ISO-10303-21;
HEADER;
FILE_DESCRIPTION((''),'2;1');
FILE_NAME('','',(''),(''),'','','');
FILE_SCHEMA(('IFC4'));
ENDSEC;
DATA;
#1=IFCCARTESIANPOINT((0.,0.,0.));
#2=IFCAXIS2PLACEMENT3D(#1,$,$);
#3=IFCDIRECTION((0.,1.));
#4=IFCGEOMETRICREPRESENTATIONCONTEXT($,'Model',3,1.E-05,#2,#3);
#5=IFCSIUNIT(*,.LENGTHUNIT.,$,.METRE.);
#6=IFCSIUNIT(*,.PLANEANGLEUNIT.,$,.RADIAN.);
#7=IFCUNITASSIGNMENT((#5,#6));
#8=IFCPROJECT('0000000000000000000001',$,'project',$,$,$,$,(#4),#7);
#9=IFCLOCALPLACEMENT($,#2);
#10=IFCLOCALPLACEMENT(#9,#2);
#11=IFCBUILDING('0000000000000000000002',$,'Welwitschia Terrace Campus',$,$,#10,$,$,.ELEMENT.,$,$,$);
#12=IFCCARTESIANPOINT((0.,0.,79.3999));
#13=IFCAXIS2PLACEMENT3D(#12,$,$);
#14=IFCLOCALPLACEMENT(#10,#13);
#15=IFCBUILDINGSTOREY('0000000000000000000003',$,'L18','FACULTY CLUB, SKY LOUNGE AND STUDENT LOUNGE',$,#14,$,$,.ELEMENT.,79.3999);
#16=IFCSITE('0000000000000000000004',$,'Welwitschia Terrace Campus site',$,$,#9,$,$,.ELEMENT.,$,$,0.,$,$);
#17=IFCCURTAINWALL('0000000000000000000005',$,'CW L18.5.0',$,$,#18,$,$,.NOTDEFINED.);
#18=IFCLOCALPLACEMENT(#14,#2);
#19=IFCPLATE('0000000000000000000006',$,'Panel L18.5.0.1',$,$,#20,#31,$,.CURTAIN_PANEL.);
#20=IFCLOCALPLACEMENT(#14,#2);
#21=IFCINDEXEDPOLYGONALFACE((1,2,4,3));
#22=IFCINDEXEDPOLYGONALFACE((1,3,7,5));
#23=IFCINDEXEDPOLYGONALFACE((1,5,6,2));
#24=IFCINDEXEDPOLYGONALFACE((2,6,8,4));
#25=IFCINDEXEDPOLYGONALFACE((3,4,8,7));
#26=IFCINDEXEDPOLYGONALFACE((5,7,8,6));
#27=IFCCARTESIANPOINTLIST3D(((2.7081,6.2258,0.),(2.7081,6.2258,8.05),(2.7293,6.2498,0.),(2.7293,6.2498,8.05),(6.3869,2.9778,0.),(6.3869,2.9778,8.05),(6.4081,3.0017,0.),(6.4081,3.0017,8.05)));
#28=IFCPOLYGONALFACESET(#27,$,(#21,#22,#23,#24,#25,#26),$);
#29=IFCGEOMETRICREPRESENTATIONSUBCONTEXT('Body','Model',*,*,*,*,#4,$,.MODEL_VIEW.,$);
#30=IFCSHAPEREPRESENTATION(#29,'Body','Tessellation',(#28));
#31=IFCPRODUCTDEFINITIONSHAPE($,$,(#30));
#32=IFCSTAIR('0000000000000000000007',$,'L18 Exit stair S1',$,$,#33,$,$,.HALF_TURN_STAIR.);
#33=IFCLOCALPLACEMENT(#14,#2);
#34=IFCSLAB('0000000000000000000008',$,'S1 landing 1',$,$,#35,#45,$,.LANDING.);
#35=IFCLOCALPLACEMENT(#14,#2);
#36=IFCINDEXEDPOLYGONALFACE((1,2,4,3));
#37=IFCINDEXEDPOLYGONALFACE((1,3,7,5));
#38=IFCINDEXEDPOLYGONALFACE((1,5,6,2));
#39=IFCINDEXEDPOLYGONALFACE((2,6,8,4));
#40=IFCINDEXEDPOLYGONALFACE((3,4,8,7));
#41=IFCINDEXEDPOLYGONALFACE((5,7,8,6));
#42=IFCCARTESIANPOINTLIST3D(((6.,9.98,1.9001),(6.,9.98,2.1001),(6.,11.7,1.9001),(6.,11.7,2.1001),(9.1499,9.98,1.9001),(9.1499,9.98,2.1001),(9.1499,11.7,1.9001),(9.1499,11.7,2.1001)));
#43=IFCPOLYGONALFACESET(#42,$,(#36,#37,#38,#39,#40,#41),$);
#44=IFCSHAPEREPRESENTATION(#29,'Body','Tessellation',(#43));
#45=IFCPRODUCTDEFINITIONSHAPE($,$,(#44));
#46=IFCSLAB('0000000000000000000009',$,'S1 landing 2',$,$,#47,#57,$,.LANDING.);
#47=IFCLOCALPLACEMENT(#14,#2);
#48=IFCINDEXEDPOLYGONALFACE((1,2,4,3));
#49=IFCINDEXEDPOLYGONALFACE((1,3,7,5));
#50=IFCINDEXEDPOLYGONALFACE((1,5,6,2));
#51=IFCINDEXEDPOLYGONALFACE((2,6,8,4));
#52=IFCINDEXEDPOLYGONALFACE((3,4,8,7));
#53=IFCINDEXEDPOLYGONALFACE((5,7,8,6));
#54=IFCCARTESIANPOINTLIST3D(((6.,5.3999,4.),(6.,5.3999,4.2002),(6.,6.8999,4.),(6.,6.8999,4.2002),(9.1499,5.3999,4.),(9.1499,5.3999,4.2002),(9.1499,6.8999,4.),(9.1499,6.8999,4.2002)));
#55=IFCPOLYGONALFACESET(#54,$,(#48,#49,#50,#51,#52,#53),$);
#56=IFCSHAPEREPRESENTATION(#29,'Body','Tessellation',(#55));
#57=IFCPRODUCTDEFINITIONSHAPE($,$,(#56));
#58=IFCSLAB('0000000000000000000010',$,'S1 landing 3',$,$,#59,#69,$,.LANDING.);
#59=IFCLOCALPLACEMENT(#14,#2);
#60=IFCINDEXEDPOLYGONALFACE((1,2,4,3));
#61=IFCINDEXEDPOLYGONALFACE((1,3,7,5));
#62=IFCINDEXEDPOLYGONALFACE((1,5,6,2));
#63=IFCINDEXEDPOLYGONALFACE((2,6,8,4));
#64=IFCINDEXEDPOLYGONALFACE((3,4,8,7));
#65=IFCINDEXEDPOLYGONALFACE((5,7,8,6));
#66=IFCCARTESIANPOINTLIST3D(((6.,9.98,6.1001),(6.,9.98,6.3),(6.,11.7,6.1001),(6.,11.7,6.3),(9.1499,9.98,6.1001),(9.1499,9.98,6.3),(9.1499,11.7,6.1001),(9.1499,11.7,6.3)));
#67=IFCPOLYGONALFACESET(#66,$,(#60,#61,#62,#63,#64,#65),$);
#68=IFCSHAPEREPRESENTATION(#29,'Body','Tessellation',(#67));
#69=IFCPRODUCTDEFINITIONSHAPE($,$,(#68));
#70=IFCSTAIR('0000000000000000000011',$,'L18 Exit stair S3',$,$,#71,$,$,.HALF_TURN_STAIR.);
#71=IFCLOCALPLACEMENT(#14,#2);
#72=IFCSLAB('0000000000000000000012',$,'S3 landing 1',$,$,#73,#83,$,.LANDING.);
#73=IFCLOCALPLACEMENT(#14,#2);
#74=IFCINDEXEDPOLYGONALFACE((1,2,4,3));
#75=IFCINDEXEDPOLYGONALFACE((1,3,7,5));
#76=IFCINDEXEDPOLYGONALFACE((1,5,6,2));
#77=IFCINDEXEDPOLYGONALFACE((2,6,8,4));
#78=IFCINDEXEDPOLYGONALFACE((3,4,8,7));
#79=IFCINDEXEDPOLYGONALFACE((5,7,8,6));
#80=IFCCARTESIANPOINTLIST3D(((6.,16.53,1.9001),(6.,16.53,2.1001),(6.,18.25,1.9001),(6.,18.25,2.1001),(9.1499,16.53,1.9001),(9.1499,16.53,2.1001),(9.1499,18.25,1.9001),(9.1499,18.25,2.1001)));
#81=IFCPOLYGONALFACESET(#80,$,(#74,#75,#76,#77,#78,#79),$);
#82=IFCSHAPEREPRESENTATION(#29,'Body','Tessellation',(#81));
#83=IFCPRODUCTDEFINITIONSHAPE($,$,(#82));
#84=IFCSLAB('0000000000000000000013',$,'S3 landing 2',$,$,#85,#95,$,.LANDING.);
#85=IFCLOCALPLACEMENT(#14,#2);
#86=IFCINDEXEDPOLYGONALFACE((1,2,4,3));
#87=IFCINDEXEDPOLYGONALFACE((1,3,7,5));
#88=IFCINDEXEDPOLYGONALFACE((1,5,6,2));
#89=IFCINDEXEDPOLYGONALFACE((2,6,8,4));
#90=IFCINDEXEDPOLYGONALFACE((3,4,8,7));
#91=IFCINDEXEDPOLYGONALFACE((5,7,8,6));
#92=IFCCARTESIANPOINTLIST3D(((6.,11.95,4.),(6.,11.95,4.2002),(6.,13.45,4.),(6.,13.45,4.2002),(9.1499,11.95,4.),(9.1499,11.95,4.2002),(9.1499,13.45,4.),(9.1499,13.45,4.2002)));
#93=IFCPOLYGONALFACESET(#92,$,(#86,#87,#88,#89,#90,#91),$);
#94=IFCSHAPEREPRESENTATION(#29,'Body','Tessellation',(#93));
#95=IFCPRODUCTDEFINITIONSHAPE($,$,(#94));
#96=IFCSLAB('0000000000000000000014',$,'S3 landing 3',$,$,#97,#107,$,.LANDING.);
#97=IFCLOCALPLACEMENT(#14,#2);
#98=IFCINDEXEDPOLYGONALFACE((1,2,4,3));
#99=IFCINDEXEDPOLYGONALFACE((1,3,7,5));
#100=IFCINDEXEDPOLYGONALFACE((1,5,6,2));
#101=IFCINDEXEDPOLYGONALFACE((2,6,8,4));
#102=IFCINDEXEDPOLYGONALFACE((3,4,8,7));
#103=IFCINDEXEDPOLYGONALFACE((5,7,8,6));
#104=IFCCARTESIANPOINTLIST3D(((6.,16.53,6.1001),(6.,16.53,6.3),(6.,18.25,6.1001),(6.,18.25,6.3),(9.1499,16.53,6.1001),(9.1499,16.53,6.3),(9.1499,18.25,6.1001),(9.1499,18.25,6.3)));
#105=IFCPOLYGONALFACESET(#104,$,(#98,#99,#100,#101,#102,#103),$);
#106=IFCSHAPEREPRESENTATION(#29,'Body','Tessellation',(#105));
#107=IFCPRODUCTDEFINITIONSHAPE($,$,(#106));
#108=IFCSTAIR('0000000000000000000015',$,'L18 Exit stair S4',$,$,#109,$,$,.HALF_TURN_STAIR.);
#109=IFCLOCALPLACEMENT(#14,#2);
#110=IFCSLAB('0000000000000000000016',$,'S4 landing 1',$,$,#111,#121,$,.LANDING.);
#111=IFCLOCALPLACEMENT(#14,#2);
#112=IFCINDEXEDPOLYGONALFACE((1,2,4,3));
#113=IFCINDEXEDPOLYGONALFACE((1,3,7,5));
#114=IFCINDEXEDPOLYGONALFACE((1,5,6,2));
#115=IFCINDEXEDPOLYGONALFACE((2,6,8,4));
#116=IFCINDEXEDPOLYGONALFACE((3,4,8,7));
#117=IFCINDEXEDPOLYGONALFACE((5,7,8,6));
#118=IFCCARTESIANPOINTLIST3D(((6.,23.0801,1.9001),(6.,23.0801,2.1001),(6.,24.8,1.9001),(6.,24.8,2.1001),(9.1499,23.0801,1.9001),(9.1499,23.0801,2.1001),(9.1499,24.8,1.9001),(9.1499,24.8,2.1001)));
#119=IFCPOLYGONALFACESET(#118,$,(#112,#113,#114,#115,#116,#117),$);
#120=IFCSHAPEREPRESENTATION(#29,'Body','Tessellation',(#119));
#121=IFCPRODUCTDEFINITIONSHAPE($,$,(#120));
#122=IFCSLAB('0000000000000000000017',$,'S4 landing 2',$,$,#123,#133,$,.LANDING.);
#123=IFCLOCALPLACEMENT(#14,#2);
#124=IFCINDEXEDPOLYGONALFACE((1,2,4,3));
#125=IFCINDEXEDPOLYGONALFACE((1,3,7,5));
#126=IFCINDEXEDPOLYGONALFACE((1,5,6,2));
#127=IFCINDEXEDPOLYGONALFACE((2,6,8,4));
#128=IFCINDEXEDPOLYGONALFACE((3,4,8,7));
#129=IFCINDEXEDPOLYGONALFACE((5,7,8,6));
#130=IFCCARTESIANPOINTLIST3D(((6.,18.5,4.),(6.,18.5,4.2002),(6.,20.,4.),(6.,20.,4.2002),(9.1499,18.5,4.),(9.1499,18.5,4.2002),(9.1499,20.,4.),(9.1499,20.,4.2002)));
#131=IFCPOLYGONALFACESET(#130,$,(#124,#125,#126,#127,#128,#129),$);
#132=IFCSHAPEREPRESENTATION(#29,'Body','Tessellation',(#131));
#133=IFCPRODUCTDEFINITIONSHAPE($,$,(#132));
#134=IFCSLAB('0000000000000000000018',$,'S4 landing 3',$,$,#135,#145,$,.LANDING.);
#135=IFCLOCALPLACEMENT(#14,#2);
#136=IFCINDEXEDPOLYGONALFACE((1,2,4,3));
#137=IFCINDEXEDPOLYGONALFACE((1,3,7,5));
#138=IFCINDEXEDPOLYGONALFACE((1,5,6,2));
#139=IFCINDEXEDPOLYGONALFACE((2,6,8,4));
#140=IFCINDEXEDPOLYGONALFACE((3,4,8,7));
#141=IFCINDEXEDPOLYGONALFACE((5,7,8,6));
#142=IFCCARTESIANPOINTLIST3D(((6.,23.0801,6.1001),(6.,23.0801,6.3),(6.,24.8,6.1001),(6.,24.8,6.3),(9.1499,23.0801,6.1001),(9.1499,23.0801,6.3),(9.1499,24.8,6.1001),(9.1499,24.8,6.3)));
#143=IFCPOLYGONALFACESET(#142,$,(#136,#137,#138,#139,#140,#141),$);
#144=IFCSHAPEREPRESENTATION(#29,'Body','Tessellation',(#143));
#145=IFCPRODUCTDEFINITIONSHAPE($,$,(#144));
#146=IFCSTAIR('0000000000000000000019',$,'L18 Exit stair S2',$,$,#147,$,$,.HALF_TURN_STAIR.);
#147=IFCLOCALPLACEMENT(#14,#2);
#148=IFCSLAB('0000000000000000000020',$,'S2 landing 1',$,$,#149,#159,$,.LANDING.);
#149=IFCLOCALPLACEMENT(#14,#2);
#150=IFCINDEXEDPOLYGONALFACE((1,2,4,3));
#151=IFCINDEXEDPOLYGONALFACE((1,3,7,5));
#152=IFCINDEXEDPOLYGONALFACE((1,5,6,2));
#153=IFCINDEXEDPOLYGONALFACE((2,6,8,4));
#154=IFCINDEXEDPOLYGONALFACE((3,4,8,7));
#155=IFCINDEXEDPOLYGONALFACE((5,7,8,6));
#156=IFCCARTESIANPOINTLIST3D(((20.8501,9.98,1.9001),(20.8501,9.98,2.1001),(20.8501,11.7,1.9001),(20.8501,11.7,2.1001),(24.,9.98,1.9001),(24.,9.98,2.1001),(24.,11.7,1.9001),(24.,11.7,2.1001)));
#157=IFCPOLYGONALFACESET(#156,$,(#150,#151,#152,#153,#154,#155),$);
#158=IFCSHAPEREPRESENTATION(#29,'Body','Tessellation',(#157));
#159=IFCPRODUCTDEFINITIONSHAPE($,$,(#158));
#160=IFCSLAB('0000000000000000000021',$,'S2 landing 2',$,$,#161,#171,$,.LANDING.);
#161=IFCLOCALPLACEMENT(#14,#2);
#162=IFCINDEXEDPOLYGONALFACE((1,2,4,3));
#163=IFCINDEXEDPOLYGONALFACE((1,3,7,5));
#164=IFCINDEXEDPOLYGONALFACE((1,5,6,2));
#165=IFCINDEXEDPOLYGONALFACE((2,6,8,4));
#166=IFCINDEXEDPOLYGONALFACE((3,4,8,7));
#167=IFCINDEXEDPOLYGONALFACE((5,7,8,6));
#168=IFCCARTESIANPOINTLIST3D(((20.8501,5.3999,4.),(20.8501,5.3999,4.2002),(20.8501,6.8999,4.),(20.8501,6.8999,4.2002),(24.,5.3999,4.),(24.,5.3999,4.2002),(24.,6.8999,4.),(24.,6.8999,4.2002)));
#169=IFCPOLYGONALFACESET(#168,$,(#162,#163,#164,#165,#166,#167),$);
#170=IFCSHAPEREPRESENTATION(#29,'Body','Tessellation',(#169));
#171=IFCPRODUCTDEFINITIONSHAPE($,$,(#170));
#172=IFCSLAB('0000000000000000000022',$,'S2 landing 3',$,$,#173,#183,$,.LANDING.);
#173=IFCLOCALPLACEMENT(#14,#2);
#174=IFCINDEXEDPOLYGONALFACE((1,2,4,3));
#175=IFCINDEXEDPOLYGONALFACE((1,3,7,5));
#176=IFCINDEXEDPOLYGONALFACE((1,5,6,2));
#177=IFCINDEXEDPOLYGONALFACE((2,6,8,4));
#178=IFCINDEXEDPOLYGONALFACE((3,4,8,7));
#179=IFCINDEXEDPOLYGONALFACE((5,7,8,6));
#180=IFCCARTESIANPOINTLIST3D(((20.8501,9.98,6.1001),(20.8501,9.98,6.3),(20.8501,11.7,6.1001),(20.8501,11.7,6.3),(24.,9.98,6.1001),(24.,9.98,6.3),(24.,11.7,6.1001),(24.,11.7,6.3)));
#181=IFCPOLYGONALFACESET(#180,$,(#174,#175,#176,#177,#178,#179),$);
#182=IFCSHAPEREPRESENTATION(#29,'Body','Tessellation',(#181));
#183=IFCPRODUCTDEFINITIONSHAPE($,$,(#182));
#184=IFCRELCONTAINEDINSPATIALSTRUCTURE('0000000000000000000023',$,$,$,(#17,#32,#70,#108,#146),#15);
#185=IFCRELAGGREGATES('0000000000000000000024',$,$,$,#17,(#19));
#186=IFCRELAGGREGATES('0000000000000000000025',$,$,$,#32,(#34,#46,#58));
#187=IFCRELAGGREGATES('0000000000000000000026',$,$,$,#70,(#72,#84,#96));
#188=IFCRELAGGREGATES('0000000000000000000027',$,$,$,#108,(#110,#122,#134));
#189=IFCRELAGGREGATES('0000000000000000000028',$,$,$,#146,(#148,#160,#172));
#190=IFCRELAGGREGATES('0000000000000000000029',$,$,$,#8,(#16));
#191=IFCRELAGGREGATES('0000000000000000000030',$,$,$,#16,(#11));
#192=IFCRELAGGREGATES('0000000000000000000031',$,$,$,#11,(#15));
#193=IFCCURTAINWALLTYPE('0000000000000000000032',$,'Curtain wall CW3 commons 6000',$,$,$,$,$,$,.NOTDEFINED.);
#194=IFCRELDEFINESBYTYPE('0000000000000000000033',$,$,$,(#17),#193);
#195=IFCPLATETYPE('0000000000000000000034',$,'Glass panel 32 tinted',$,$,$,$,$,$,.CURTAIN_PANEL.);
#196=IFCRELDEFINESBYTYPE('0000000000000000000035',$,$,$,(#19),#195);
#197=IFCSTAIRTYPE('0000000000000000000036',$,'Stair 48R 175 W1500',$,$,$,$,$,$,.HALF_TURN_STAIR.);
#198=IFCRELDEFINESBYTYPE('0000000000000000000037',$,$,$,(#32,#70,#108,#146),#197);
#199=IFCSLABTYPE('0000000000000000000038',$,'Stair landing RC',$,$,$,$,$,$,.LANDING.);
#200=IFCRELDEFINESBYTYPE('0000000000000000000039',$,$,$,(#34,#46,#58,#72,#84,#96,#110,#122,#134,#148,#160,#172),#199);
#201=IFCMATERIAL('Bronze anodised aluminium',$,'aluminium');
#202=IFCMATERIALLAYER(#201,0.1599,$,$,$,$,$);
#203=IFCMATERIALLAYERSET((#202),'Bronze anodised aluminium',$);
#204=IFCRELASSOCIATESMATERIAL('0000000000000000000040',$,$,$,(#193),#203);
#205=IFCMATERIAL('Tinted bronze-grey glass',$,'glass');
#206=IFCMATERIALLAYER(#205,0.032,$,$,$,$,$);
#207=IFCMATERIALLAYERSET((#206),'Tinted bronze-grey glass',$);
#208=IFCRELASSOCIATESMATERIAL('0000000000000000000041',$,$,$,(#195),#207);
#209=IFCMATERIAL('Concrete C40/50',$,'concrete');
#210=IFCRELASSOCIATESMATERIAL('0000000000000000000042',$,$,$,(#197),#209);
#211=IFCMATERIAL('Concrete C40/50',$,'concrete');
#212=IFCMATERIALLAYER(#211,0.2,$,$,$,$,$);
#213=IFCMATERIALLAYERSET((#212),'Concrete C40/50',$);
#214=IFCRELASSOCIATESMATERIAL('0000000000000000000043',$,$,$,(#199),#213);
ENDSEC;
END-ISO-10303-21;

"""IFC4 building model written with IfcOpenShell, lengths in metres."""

from ifc_helpers import new_model, si_unit, direction, frame, origin, origin_2d, place, context, subcontext, project, spatial, polyline, rectangle, outline, extrude, material, layer, layer_set, type_object, element, aggregate, save


model = new_model("IFC4")

# Units and contexts
model_context = context("Model", 3, precision=1e-05, world=origin(), true_north=direction((0.0, 1.0)))
body_context = subcontext(model_context, "Body", "Model", "MODEL_VIEW")
ifc_project = project(units=[si_unit("LENGTHUNIT", "METRE"), si_unit("PLANEANGLEUNIT", "RADIAN")], contexts=[model_context])

# Site, building, storey
site_placement = place(None, origin())
site = spatial("IfcSite", under=ifc_project, at=site_placement, Name="Welwitschia Terrace Campus site", CompositionType="ELEMENT", RefElevation=0.0)
building_placement = place(site_placement, origin())
building = spatial("IfcBuilding", under=site, at=building_placement, Name="Welwitschia Terrace Campus", CompositionType="ELEMENT")
storey_placement = place(building_placement, frame((0.0, 0.0, 79.3999)))
storey = spatial("IfcBuildingStorey", under=building, at=storey_placement, Name="L18", Description="FACULTY CLUB, SKY LOUNGE AND STUDENT LOUNGE", CompositionType="ELEMENT", Elevation=79.3999)

# Curtain wall, plate
ifc_material_1 = material(Name="Bronze anodised aluminium", Category="aluminium")
ifc_layer_1 = layer(ifc_material_1, 0.1599)
ifc_layer_set_1 = layer_set([ifc_layer_1], Name="Bronze anodised aluminium")
curtain_wall_type = type_object("IfcCurtainWallType", Name="Curtain wall CW3 commons 6000", PredefinedType="NOTDEFINED", material=ifc_layer_set_1)
curtain_wall_placement = place(storey_placement, origin())
curtain_wall = element("IfcCurtainWall", 1, at=curtain_wall_placement, inside=storey, type_object=curtain_wall_type, Name="CW L18.5.0", PredefinedType="NOTDEFINED")
ifc_material_2 = material(Name="Tinted bronze-grey glass", Category="glass")
ifc_layer_2 = layer(ifc_material_2, 0.032)
ifc_layer_set_2 = layer_set([ifc_layer_2], Name="Tinted bronze-grey glass")
plate_type = type_object("IfcPlateType", Name="Glass panel 32 tinted", PredefinedType="CURTAIN_PANEL", material=ifc_layer_set_2)
plate_placement = place(storey_placement, frame((4.5581, 4.6138, 0.0), z_axis=(0.0, 0.0, 1.0), x_axis=(0.74963, -0.661858, 0.0)))
plate = element("IfcPlate", 2, at=plate_placement, type_object=plate_type, Name="Panel L18.5.0.1", PredefinedType="CURTAIN_PANEL", context=body_context, shape_type="SweptSolid", body=[
    extrude(rectangle(XDim=4.9075, YDim=0.032, at=origin_2d()), origin(), (0.0, 0.0, 1.0), 8.05),
])
aggregate(curtain_wall, [plate])

# Stairs, slabs
ifc_material_3 = material(Name="Concrete C40/50", Category="concrete")
stair_type = type_object("IfcStairType", Name="Stair 48R 175 W1500", PredefinedType="HALF_TURN_STAIR", material=ifc_material_3)
stair_1_placement = place(storey_placement, origin())
stair_1 = element("IfcStair", 3, at=stair_1_placement, inside=storey, type_object=stair_type, Name="L18 Exit stair S1", PredefinedType="HALF_TURN_STAIR")
ifc_material_4 = material(Name="Concrete C40/50", Category="concrete")
ifc_layer_3 = layer(ifc_material_4, 0.2)
ifc_layer_set_3 = layer_set([ifc_layer_3], Name="Concrete C40/50")
slab_type = type_object("IfcSlabType", Name="Stair landing RC", PredefinedType="LANDING", material=ifc_layer_set_3)
slab_1_placement = place(storey_placement, frame((0.0, 0.0, 1.9001)))
slab_1 = element("IfcSlab", 4, at=slab_1_placement, type_object=slab_type, Name="S1 landing 1", PredefinedType="LANDING", context=body_context, shape_type="SweptSolid", body=[
    extrude(outline(polyline([(9.1499, 9.98), (9.1499, 11.7), (6.0, 11.7), (6.0, 9.98), (9.1499, 9.98)])), origin(), (0.0, 0.0, 1.0), 0.2),
])
slab_2_placement = place(storey_placement, frame((0.0, 0.0, 4.0)))
slab_2 = element("IfcSlab", 5, at=slab_2_placement, type_object=slab_type, Name="S1 landing 2", PredefinedType="LANDING", context=body_context, shape_type="SweptSolid", body=[
    extrude(outline(polyline([(9.1499, 5.3999), (9.1499, 6.8999), (6.0, 6.8999), (6.0, 5.3999), (9.1499, 5.3999)])), origin(), (0.0, 0.0, 1.0), 0.2002),
])
slab_3_placement = place(storey_placement, frame((0.0, 0.0, 6.1001)))
slab_3 = element("IfcSlab", 6, at=slab_3_placement, type_object=slab_type, Name="S1 landing 3", PredefinedType="LANDING", context=body_context, shape_type="SweptSolid", body=[
    extrude(outline(polyline([(9.1499, 9.98), (9.1499, 11.7), (6.0, 11.7), (6.0, 9.98), (9.1499, 9.98)])), origin(), (0.0, 0.0, 1.0), 0.2),
])
aggregate(stair_1, [slab_1, slab_2, slab_3])
stair_2_placement = place(storey_placement, origin())
stair_2 = element("IfcStair", 7, at=stair_2_placement, inside=storey, type_object=stair_type, Name="L18 Exit stair S3", PredefinedType="HALF_TURN_STAIR")
slab_4_placement = place(storey_placement, frame((0.0, 0.0, 1.9001)))
slab_4 = element("IfcSlab", 8, at=slab_4_placement, type_object=slab_type, Name="S3 landing 1", PredefinedType="LANDING", context=body_context, shape_type="SweptSolid", body=[
    extrude(outline(polyline([(9.1499, 16.53), (9.1499, 18.25), (6.0, 18.25), (6.0, 16.53), (9.1499, 16.53)])), origin(), (0.0, 0.0, 1.0), 0.2),
])
slab_5_placement = place(storey_placement, frame((0.0, 0.0, 4.0)))
slab_5 = element("IfcSlab", 9, at=slab_5_placement, type_object=slab_type, Name="S3 landing 2", PredefinedType="LANDING", context=body_context, shape_type="SweptSolid", body=[
    extrude(outline(polyline([(9.1499, 11.95), (9.1499, 13.45), (6.0, 13.45), (6.0, 11.95), (9.1499, 11.95)])), origin(), (0.0, 0.0, 1.0), 0.2002),
])
slab_6_placement = place(storey_placement, frame((0.0, 0.0, 6.1001)))
slab_6 = element("IfcSlab", 10, at=slab_6_placement, type_object=slab_type, Name="S3 landing 3", PredefinedType="LANDING", context=body_context, shape_type="SweptSolid", body=[
    extrude(outline(polyline([(9.1499, 16.53), (9.1499, 18.25), (6.0, 18.25), (6.0, 16.53), (9.1499, 16.53)])), origin(), (0.0, 0.0, 1.0), 0.2),
])
aggregate(stair_2, [slab_4, slab_5, slab_6])
stair_3_placement = place(storey_placement, origin())
stair_3 = element("IfcStair", 11, at=stair_3_placement, inside=storey, type_object=stair_type, Name="L18 Exit stair S4", PredefinedType="HALF_TURN_STAIR")
slab_7_placement = place(storey_placement, frame((0.0, 0.0, 1.9001)))
slab_7 = element("IfcSlab", 12, at=slab_7_placement, type_object=slab_type, Name="S4 landing 1", PredefinedType="LANDING", context=body_context, shape_type="SweptSolid", body=[
    extrude(outline(polyline([(9.1499, 23.0801), (9.1499, 24.8), (6.0, 24.8), (6.0, 23.0801), (9.1499, 23.0801)])), origin(), (0.0, 0.0, 1.0), 0.2),
])
slab_8_placement = place(storey_placement, frame((0.0, 0.0, 4.0)))
slab_8 = element("IfcSlab", 13, at=slab_8_placement, type_object=slab_type, Name="S4 landing 2", PredefinedType="LANDING", context=body_context, shape_type="SweptSolid", body=[
    extrude(outline(polyline([(9.1499, 18.5), (9.1499, 20.0), (6.0, 20.0), (6.0, 18.5), (9.1499, 18.5)])), origin(), (0.0, 0.0, 1.0), 0.2002),
])
slab_9_placement = place(storey_placement, frame((0.0, 0.0, 6.1001)))
slab_9 = element("IfcSlab", 14, at=slab_9_placement, type_object=slab_type, Name="S4 landing 3", PredefinedType="LANDING", context=body_context, shape_type="SweptSolid", body=[
    extrude(outline(polyline([(9.1499, 23.0801), (9.1499, 24.8), (6.0, 24.8), (6.0, 23.0801), (9.1499, 23.0801)])), origin(), (0.0, 0.0, 1.0), 0.2),
])
aggregate(stair_3, [slab_7, slab_8, slab_9])
stair_4_placement = place(storey_placement, origin())
stair_4 = element("IfcStair", 15, at=stair_4_placement, inside=storey, type_object=stair_type, Name="L18 Exit stair S2", PredefinedType="HALF_TURN_STAIR")
slab_10_placement = place(storey_placement, frame((0.0, 0.0, 1.9001)))
slab_10 = element("IfcSlab", 16, at=slab_10_placement, type_object=slab_type, Name="S2 landing 1", PredefinedType="LANDING", context=body_context, shape_type="SweptSolid", body=[
    extrude(outline(polyline([(24.0, 9.98), (24.0, 11.7), (20.8501, 11.7), (20.8501, 9.98), (24.0, 9.98)])), origin(), (0.0, 0.0, 1.0), 0.2),
])
slab_11_placement = place(storey_placement, frame((0.0, 0.0, 4.0)))
slab_11 = element("IfcSlab", 17, at=slab_11_placement, type_object=slab_type, Name="S2 landing 2", PredefinedType="LANDING", context=body_context, shape_type="SweptSolid", body=[
    extrude(outline(polyline([(24.0, 5.3999), (24.0, 6.8999), (20.8501, 6.8999), (20.8501, 5.3999), (24.0, 5.3999)])), origin(), (0.0, 0.0, 1.0), 0.2002),
])
slab_12_placement = place(storey_placement, frame((0.0, 0.0, 6.1001)))
slab_12 = element("IfcSlab", 18, at=slab_12_placement, type_object=slab_type, Name="S2 landing 3", PredefinedType="LANDING", context=body_context, shape_type="SweptSolid", body=[
    extrude(outline(polyline([(24.0, 9.98), (24.0, 11.7), (20.8501, 11.7), (20.8501, 9.98), (24.0, 9.98)])), origin(), (0.0, 0.0, 1.0), 0.2),
])
aggregate(stair_4, [slab_10, slab_11, slab_12])

save(model, "model.ifc")
